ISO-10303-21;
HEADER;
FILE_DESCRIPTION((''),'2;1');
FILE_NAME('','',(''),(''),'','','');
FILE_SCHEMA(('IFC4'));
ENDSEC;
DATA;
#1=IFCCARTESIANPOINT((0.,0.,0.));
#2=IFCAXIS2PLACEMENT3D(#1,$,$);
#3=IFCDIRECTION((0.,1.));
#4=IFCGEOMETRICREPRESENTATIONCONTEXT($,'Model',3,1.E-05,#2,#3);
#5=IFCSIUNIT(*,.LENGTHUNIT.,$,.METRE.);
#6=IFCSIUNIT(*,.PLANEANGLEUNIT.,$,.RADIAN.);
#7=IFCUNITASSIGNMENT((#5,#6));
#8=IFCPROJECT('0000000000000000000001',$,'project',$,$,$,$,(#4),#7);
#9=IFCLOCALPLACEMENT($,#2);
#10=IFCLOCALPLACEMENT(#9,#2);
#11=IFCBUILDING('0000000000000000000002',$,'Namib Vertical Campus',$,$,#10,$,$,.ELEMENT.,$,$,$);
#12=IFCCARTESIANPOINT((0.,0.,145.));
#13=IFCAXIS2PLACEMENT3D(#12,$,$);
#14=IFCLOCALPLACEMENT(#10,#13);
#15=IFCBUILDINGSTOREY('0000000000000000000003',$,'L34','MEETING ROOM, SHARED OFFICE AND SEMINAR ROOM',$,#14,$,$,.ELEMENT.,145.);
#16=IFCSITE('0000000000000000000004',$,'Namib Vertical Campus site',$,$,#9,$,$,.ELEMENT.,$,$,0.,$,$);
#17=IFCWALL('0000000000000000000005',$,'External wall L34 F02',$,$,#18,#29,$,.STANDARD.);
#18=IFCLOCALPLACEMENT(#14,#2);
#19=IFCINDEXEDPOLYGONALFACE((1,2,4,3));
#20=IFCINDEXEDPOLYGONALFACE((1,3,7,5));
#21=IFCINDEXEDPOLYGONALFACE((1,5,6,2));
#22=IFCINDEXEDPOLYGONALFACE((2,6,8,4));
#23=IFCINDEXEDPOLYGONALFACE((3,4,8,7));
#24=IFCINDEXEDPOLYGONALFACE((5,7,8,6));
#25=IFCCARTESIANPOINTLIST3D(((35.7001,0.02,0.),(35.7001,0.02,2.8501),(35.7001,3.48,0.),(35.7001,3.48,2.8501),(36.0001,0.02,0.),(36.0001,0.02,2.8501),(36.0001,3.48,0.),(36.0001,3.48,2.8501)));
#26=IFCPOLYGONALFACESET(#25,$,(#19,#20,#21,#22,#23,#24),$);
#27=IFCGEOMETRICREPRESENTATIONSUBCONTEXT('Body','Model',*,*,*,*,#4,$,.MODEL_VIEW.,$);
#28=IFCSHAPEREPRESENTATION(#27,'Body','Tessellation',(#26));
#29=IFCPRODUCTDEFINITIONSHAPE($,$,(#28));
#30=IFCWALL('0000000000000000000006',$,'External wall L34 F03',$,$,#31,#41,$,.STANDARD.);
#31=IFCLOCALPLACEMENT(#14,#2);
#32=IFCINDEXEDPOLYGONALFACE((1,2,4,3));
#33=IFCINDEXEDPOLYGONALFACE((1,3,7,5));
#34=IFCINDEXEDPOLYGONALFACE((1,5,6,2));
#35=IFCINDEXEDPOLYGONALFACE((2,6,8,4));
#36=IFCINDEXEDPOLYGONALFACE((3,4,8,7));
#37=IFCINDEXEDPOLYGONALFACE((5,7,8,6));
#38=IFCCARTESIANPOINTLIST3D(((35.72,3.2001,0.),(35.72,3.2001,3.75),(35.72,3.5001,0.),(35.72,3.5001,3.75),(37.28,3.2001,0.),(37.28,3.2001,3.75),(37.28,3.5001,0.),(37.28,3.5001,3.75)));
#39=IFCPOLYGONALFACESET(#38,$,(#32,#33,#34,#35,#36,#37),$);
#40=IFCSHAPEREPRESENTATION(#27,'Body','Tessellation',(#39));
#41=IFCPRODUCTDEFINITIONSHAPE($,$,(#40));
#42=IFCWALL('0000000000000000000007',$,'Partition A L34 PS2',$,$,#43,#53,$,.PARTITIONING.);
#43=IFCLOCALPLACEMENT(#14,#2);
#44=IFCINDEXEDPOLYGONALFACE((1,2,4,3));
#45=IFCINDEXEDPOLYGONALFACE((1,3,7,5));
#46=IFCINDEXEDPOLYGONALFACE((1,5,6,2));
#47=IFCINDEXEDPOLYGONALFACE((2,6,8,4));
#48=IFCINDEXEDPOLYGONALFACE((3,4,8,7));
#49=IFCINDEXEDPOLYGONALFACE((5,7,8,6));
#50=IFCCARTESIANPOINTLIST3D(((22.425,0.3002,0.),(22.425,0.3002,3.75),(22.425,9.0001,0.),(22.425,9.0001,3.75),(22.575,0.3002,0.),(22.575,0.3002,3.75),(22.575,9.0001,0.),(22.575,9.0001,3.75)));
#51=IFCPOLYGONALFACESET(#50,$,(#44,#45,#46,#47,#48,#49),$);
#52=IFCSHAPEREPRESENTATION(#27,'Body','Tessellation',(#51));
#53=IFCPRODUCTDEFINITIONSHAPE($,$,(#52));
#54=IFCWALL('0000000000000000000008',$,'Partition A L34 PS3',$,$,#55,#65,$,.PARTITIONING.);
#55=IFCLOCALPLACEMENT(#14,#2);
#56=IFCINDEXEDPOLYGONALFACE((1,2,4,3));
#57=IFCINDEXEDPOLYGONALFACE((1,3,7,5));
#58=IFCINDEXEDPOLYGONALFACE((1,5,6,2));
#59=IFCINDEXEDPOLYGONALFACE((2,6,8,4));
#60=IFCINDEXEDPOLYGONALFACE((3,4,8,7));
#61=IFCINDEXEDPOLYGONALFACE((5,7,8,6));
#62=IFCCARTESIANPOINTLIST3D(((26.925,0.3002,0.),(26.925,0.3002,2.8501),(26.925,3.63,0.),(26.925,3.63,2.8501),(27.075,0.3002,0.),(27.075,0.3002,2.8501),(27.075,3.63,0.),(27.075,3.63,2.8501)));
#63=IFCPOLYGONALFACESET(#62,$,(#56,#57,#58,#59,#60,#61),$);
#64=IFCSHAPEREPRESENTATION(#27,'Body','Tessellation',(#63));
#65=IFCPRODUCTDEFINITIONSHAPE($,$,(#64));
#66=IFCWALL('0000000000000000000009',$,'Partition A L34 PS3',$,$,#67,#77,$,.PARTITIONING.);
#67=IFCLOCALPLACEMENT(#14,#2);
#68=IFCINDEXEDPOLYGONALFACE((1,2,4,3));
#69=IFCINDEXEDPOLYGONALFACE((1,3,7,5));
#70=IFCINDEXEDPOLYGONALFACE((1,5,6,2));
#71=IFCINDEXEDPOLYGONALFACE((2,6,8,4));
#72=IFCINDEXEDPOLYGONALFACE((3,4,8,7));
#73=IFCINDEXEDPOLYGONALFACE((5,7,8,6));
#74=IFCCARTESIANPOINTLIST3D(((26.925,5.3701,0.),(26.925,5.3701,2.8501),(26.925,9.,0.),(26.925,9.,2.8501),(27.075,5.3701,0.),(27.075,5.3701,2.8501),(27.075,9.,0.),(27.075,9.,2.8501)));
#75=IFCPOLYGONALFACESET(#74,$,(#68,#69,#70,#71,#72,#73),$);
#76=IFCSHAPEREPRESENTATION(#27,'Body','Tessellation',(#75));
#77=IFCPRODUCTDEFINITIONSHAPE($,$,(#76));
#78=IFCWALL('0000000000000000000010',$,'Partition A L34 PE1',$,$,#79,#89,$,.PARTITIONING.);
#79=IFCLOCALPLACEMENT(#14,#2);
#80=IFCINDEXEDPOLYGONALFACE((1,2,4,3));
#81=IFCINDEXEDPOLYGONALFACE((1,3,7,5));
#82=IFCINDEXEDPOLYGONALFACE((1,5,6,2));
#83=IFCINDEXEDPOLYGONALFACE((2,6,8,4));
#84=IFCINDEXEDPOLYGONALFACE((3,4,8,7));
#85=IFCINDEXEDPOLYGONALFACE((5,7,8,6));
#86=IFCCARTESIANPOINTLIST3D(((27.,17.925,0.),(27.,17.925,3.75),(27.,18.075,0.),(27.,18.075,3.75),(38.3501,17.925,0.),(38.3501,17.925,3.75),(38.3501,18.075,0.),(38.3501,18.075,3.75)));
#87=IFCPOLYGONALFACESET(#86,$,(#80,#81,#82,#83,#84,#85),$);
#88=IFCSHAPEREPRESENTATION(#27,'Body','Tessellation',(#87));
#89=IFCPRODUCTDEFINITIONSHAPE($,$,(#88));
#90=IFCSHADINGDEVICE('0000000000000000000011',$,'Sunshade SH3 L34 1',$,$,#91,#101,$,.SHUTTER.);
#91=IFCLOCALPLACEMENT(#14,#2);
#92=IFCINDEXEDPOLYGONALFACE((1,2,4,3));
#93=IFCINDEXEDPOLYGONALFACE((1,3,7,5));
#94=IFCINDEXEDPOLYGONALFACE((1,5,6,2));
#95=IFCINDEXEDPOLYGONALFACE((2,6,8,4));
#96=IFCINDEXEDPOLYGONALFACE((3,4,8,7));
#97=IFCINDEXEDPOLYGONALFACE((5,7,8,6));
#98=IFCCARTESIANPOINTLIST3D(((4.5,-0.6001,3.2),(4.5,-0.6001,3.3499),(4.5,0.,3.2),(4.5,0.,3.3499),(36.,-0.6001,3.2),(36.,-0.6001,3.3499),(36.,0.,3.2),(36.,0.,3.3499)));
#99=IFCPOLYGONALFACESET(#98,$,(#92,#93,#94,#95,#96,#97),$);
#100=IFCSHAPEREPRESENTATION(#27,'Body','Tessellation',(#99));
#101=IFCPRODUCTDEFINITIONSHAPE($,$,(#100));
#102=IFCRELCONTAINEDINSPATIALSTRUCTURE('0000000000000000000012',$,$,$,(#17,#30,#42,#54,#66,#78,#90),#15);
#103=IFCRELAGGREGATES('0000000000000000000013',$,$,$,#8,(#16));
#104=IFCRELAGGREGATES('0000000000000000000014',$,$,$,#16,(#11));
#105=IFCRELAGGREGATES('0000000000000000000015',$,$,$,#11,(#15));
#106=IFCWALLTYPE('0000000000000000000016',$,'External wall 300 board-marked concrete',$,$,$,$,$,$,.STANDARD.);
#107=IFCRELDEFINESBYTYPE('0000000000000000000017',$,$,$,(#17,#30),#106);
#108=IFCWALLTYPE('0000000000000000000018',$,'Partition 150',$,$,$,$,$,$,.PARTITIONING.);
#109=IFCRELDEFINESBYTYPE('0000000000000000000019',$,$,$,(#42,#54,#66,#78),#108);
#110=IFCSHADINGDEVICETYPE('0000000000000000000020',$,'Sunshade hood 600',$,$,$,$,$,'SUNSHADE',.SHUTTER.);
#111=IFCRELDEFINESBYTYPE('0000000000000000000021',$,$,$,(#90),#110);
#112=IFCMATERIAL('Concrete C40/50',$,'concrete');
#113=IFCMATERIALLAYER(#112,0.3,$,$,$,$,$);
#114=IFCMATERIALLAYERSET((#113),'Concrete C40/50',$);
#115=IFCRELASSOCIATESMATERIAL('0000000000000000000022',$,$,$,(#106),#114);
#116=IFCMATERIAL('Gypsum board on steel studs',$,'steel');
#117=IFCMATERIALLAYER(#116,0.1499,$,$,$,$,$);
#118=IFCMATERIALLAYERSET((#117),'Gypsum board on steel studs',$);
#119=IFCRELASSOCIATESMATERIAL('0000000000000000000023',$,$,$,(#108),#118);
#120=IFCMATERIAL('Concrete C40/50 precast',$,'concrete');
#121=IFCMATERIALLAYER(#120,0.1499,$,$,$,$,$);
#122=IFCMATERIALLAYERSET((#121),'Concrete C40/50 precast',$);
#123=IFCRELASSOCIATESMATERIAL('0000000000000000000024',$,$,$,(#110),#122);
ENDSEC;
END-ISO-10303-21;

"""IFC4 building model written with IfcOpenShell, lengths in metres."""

from ifc_helpers import new_model, si_unit, direction, frame, frame_2d, origin, origin_2d, place, context, subcontext, project, spatial, rectangle, extrude, material, layer, layer_set, type_object, element, save


model = new_model("IFC4")

# Units and contexts
model_context = context("Model", 3, precision=1e-05, world=origin(), true_north=direction((0.0, 1.0)))
body_context = subcontext(model_context, "Body", "Model", "MODEL_VIEW")
ifc_project = project(units=[si_unit("LENGTHUNIT", "METRE"), si_unit("PLANEANGLEUNIT", "RADIAN")], contexts=[model_context])

# Site, building, storey
site_placement = place(None, origin())
site = spatial("IfcSite", under=ifc_project, at=site_placement, Name="Namib Vertical Campus site", CompositionType="ELEMENT", RefElevation=0.0)
building_placement = place(site_placement, origin())
building = spatial("IfcBuilding", under=site, at=building_placement, Name="Namib Vertical Campus", CompositionType="ELEMENT")
storey_placement = place(building_placement, frame((0.0, 0.0, 145.0)))
storey = spatial("IfcBuildingStorey", under=building, at=storey_placement, Name="L34", Description="MEETING ROOM, SHARED OFFICE AND SEMINAR ROOM", CompositionType="ELEMENT", Elevation=145.0)

# Walls
ifc_material_1 = material(Name="Concrete C40/50", Category="concrete")
ifc_layer_1 = layer(ifc_material_1, 0.3)
ifc_layer_set_1 = layer_set([ifc_layer_1], Name="Concrete C40/50")
wall_type_1 = type_object("IfcWallType", Name="External wall 300 board-marked concrete", PredefinedType="STANDARD", material=ifc_layer_set_1)
wall_1_placement = place(storey_placement, frame((35.8501, 0.02, 0.0), z_axis=(0.0, 0.0, 1.0), x_axis=(0.0, 1.0, 0.0)))
element("IfcWall", 1, at=wall_1_placement, inside=storey, type_object=wall_type_1, Name="External wall L34 F02", PredefinedType="STANDARD", context=body_context, shape_type="SweptSolid", body=[
    extrude(rectangle(XDim=3.46, YDim=0.3, at=frame_2d((1.73, 0.0))), origin(), (0.0, 0.0, 1.0), 2.8501),
])
wall_2_placement = place(storey_placement, frame((35.72, 3.3501, 0.0), z_axis=(0.0, 0.0, 1.0), x_axis=(1.0, 0.0, 0.0)))
element("IfcWall", 2, at=wall_2_placement, inside=storey, type_object=wall_type_1, Name="External wall L34 F03", PredefinedType="STANDARD", context=body_context, shape_type="SweptSolid", body=[
    extrude(rectangle(XDim=1.5601, YDim=0.3, at=frame_2d((0.78, 0.0))), origin(), (0.0, 0.0, 1.0), 3.75),
])
ifc_material_2 = material(Name="Gypsum board on steel studs", Category="steel")
ifc_layer_2 = layer(ifc_material_2, 0.1499)
ifc_layer_set_2 = layer_set([ifc_layer_2], Name="Gypsum board on steel studs")
wall_type_2 = type_object("IfcWallType", Name="Partition 150", PredefinedType="PARTITIONING", material=ifc_layer_set_2)
wall_3_placement = place(storey_placement, frame((22.5, 0.3, 0.0), z_axis=(0.0, 0.0, 1.0), x_axis=(0.0, 1.0, 0.0)))
element("IfcWall", 3, at=wall_3_placement, inside=storey, type_object=wall_type_2, Name="Partition A L34 PS2", PredefinedType="PARTITIONING", context=body_context, shape_type="SweptSolid", body=[
    extrude(rectangle(XDim=8.7, YDim=0.1499, at=frame_2d((4.3501, 0.0))), origin(), (0.0, 0.0, 1.0), 3.75),
])
wall_4_placement = place(storey_placement, frame((27.0, 0.3, 0.0), z_axis=(0.0, 0.0, 1.0), x_axis=(0.0, 1.0, 0.0)))
element("IfcWall", 4, at=wall_4_placement, inside=storey, type_object=wall_type_2, Name="Partition A L34 PS3", PredefinedType="PARTITIONING", context=body_context, shape_type="SweptSolid", body=[
    extrude(rectangle(XDim=3.3298, YDim=0.1499, at=frame_2d((1.665, 0.0))), origin(), (0.0, 0.0, 1.0), 2.8501),
])
wall_5_placement = place(storey_placement, frame((27.0, 5.3701, 0.0), z_axis=(0.0, 0.0, 1.0), x_axis=(0.0, 1.0, 0.0)))
element("IfcWall", 5, at=wall_5_placement, inside=storey, type_object=wall_type_2, Name="Partition A L34 PS3", PredefinedType="PARTITIONING", context=body_context, shape_type="SweptSolid", body=[
    extrude(rectangle(XDim=3.6299, YDim=0.1499, at=frame_2d((1.8149, 0.0))), origin(), (0.0, 0.0, 1.0), 2.8501),
])
wall_6_placement = place(storey_placement, frame((27.0, 18.0, 0.0), z_axis=(0.0, 0.0, 1.0), x_axis=(1.0, 0.0, 0.0)))
element("IfcWall", 6, at=wall_6_placement, inside=storey, type_object=wall_type_2, Name="Partition A L34 PE1", PredefinedType="PARTITIONING", context=body_context, shape_type="SweptSolid", body=[
    extrude(rectangle(XDim=11.3501, YDim=0.1499, at=frame_2d((5.675, 0.0))), origin(), (0.0, 0.0, 1.0), 3.75),
])

# Shading device
ifc_material_3 = material(Name="Concrete C40/50 precast", Category="concrete")
ifc_layer_3 = layer(ifc_material_3, 0.1499)
ifc_layer_set_3 = layer_set([ifc_layer_3], Name="Concrete C40/50 precast")
shading_device_type = type_object("IfcShadingDeviceType", Name="Sunshade hood 600", ElementType="SUNSHADE", PredefinedType="SHUTTER", material=ifc_layer_set_3)
shading_device_placement = place(storey_placement, frame((20.25, -0.3, 3.2), z_axis=(0.0, 0.0, 1.0), x_axis=(1.0, 0.0, 0.0)))
element("IfcShadingDevice", 7, at=shading_device_placement, inside=storey, type_object=shading_device_type, Name="Sunshade SH3 L34 1", PredefinedType="SHUTTER", context=body_context, shape_type="SweptSolid", body=[
    extrude(rectangle(XDim=31.5, YDim=0.6001, at=origin_2d()), origin(), (0.0, 0.0, 1.0), 0.1499),
])

save(model, "model.ifc")
